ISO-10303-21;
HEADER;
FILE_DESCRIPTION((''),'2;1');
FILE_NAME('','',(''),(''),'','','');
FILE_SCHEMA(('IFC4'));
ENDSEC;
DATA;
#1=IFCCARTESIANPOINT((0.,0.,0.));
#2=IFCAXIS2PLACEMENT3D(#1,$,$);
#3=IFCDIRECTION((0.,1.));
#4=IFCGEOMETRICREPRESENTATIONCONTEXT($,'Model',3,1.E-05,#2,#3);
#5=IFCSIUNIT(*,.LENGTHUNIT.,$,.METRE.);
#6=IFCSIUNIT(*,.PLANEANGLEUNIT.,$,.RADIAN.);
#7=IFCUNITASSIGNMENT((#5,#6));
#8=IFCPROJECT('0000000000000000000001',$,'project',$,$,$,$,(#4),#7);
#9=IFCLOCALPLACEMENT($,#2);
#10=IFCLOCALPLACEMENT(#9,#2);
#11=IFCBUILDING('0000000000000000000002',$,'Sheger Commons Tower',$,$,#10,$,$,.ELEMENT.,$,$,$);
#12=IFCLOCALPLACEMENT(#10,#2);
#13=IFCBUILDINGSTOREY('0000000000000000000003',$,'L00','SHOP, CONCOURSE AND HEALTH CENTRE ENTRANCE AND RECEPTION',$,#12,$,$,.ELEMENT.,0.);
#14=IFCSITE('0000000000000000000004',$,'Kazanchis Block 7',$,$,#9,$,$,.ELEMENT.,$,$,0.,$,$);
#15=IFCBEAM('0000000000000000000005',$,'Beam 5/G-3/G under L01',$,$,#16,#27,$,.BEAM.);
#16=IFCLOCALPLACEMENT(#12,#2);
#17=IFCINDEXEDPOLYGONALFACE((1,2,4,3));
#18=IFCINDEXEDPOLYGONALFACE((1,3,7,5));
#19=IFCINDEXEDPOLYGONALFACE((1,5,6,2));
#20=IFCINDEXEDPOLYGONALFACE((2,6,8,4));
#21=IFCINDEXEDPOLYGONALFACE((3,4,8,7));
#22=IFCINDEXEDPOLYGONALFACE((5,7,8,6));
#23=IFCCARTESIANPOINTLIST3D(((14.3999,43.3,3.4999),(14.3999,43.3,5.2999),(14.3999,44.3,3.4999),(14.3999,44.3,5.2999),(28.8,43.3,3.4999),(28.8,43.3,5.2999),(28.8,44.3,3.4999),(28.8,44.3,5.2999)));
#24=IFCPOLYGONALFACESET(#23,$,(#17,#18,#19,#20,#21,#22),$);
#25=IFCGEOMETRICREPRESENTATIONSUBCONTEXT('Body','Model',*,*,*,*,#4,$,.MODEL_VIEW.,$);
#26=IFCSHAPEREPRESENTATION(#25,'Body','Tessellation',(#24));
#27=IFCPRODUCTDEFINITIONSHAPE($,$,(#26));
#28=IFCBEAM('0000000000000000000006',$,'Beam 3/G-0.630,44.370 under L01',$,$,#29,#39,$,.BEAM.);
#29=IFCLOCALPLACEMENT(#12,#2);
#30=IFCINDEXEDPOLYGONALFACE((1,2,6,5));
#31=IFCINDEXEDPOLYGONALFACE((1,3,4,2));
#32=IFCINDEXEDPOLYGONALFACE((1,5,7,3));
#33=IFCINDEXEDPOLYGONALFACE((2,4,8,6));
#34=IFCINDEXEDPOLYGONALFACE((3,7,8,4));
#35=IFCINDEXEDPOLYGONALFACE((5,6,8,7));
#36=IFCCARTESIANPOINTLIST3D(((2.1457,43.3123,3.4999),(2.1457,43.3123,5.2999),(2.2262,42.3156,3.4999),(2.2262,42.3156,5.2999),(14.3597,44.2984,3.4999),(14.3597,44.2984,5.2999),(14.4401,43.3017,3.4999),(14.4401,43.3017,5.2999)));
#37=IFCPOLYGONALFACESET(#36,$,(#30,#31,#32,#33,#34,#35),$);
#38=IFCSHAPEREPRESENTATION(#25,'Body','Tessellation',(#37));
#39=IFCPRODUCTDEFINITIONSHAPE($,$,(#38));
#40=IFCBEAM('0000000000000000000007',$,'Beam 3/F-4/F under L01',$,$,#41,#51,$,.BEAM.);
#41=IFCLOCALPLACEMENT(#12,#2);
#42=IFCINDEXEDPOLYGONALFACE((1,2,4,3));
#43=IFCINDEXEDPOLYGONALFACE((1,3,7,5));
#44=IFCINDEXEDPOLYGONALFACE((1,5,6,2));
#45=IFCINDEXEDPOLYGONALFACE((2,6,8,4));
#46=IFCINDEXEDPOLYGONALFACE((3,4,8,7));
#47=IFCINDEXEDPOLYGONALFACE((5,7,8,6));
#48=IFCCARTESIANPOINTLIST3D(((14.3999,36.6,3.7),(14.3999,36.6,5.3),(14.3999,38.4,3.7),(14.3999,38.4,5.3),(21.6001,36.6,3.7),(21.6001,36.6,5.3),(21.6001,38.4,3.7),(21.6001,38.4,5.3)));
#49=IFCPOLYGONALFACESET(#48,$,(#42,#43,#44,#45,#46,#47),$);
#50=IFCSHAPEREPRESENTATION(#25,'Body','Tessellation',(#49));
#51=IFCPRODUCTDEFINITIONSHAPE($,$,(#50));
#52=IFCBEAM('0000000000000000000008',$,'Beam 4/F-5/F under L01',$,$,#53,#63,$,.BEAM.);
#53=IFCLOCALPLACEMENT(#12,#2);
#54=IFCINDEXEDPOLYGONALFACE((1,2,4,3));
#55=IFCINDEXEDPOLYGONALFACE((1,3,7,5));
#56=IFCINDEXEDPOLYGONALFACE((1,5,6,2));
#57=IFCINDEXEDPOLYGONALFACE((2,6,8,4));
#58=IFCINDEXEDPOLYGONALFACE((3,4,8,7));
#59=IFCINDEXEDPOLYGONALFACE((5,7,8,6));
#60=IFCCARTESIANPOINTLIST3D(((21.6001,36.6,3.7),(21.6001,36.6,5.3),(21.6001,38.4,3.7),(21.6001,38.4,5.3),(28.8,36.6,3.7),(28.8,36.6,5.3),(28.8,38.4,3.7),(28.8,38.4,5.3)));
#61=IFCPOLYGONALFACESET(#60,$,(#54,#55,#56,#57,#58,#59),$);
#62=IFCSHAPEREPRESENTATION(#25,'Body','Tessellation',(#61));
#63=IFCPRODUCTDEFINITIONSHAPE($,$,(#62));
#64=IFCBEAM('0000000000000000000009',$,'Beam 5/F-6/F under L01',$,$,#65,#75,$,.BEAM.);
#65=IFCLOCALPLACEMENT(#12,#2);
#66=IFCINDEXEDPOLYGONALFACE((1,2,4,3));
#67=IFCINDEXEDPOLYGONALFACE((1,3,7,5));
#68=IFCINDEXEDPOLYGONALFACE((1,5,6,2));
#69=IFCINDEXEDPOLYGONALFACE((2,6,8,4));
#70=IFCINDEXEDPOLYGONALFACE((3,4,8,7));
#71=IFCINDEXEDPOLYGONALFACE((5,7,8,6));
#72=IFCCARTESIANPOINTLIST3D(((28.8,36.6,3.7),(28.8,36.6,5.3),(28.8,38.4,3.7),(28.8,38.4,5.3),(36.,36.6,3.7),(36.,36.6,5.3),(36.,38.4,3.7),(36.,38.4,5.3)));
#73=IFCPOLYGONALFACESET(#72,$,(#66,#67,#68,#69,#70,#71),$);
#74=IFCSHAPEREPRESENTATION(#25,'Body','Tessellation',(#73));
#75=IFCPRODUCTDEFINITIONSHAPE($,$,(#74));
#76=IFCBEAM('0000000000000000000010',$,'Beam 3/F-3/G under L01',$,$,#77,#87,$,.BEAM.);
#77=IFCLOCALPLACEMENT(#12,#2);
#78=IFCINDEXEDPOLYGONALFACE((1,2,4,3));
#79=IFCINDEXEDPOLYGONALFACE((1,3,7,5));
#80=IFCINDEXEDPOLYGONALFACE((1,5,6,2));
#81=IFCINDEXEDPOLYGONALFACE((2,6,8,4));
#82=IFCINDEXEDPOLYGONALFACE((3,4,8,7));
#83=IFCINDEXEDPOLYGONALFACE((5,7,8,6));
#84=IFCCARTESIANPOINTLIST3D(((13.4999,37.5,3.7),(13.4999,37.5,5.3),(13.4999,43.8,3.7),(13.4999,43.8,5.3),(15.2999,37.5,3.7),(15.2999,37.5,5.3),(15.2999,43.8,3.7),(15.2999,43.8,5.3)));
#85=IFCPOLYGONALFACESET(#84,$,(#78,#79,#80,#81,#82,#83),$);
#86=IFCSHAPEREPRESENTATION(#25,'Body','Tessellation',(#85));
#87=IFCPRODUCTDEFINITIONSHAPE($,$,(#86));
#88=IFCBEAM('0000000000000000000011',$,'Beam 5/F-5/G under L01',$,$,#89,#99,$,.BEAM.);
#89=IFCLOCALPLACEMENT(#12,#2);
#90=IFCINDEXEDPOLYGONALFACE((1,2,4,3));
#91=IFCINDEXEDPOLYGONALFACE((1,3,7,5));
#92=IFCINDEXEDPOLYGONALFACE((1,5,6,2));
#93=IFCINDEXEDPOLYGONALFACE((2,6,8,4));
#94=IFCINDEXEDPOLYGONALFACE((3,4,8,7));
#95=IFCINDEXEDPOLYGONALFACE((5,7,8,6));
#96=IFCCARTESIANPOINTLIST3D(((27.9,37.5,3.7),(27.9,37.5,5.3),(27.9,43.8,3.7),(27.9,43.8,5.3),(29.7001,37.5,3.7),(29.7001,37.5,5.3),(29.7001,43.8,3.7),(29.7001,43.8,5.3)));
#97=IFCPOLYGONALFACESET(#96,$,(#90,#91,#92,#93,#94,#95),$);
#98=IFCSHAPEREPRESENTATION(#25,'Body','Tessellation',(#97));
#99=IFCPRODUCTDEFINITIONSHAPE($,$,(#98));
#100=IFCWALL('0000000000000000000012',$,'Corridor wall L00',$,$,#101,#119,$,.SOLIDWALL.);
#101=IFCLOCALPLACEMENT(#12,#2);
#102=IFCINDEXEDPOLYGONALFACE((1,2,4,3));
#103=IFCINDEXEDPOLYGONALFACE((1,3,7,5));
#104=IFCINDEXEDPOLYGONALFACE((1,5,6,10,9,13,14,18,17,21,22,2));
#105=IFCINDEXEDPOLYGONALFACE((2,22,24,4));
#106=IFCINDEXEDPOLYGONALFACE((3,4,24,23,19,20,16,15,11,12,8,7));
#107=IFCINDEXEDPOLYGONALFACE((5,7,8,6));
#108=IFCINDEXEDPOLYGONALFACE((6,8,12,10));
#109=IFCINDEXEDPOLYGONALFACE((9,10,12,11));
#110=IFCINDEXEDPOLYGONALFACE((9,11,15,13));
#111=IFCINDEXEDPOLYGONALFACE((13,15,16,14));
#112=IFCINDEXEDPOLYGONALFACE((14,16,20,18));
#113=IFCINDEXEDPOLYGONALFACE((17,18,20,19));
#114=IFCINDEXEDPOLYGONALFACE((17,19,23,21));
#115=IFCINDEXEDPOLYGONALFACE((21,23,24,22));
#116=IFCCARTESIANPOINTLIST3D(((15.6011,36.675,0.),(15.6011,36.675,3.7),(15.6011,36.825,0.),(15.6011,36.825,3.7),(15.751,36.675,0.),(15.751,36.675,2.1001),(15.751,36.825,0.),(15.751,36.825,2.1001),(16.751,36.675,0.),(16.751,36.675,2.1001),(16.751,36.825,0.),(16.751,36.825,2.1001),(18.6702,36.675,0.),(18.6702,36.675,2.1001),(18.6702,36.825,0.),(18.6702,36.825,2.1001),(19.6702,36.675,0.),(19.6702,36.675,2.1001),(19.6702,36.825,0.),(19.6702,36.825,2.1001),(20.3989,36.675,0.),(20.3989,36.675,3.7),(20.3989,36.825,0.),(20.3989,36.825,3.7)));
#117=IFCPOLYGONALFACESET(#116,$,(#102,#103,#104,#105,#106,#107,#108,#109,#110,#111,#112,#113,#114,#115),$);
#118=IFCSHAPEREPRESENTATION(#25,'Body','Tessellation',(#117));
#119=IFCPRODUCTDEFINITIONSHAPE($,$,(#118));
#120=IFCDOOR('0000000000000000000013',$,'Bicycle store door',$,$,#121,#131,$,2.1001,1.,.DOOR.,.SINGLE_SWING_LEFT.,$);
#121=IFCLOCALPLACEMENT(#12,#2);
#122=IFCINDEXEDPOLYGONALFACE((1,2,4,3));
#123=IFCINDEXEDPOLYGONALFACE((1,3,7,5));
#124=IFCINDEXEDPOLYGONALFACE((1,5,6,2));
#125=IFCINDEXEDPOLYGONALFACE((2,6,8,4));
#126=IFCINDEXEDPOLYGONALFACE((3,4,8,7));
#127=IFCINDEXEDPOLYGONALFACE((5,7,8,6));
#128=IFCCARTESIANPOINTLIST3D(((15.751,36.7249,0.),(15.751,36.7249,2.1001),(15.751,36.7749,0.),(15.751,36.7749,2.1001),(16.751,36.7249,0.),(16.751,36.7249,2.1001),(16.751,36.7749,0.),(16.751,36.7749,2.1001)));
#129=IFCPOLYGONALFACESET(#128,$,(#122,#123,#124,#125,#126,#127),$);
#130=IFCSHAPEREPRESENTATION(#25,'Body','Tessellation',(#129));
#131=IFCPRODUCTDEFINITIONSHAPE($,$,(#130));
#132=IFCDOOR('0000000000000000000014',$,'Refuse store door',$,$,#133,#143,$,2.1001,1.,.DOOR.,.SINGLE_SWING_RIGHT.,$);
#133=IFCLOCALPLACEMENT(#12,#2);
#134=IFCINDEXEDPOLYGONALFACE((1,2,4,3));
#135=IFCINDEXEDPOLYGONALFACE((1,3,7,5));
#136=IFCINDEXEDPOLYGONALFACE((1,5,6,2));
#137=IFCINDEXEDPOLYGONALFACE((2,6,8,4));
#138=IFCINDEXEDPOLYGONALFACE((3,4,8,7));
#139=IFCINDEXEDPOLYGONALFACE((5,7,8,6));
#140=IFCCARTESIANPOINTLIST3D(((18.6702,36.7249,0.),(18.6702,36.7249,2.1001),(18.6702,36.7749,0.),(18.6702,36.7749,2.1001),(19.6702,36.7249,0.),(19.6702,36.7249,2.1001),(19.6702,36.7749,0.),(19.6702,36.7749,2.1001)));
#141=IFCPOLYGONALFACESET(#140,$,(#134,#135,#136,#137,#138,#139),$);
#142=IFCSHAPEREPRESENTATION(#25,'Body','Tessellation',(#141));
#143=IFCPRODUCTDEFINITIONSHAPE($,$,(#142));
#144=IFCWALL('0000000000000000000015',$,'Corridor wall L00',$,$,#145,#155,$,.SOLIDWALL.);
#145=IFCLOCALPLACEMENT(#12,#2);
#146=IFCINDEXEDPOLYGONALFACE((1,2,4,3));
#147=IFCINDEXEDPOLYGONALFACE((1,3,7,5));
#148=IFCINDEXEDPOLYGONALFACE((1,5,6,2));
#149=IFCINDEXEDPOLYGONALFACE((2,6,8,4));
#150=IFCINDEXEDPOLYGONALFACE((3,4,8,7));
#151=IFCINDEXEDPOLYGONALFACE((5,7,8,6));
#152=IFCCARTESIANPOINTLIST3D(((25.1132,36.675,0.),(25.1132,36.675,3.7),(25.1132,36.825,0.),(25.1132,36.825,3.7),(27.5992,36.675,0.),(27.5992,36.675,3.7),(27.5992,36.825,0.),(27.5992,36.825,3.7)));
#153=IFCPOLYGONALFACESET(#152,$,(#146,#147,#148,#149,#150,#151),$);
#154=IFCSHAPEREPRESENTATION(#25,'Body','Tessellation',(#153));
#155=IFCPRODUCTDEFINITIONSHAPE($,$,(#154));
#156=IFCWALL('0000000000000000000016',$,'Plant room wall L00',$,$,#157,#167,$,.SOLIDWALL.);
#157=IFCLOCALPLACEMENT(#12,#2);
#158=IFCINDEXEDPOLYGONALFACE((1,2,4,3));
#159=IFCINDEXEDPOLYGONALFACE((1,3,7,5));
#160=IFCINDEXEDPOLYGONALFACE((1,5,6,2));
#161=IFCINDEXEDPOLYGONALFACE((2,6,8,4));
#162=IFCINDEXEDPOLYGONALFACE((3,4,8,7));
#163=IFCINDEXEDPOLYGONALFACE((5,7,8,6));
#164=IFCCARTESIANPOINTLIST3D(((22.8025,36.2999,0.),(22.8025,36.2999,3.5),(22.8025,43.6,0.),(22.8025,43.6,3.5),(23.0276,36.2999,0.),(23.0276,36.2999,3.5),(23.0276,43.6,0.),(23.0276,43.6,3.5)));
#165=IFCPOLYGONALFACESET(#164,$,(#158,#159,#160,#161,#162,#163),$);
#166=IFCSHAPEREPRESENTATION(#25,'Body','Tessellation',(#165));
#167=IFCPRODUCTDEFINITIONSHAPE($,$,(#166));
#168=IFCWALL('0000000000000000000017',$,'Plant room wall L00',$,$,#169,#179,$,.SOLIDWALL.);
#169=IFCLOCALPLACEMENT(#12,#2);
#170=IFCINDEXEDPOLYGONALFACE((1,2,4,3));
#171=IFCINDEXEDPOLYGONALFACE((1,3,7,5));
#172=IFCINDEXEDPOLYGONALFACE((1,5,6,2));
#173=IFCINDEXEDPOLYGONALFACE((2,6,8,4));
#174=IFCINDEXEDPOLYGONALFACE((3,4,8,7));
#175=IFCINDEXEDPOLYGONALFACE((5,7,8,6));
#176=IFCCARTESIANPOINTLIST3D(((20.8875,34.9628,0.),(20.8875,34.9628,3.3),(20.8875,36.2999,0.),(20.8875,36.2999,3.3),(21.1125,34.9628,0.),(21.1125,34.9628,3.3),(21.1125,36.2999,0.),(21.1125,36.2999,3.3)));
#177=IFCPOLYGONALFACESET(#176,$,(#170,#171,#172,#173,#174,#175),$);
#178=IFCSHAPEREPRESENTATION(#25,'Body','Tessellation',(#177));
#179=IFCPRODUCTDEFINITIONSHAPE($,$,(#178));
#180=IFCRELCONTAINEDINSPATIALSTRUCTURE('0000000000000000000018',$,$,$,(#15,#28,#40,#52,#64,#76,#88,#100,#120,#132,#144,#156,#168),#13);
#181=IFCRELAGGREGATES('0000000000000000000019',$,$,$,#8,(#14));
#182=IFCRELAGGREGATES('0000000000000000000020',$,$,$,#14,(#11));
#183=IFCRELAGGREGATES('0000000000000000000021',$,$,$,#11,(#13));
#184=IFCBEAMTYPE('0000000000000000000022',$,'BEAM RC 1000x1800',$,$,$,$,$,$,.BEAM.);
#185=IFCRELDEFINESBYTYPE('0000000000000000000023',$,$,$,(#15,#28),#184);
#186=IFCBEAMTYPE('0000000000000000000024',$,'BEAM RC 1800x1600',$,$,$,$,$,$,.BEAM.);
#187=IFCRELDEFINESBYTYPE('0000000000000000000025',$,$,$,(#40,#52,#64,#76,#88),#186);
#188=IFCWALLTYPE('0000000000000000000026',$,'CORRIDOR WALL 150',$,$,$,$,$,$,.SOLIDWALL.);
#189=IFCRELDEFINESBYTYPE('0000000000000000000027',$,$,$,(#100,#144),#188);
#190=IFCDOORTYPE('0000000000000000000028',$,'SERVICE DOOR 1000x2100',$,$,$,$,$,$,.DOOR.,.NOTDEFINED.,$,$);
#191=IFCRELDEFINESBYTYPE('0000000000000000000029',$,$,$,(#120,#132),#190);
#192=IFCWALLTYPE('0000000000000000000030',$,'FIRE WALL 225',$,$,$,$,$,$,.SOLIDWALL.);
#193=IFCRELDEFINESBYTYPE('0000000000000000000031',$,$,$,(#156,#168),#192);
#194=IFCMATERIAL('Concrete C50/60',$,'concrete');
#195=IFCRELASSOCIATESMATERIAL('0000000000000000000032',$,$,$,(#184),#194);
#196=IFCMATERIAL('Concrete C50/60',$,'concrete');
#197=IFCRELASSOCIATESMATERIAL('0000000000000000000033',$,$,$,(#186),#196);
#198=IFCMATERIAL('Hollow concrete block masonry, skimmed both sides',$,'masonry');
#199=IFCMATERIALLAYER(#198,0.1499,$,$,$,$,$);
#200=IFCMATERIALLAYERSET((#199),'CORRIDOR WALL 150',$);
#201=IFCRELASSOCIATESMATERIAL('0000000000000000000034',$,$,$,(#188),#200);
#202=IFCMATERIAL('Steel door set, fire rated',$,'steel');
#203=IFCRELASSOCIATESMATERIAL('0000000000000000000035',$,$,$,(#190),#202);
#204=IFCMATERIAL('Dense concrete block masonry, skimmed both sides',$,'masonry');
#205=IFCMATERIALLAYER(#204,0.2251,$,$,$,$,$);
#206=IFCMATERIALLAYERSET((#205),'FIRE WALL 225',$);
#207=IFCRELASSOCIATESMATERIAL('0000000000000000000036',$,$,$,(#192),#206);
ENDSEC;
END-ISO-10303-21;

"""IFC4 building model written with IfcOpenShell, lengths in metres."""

from ifc_helpers import new_model, si_unit, direction, frame, frame_2d, origin, origin_2d, place, context, subcontext, project, spatial, rectangle, extrude, material, layer, layer_set, material_profile, profile_set, type_object, element, fill, save


model = new_model("IFC4")

# Units and contexts
model_context = context("Model", 3, precision=1e-05, world=origin(), true_north=direction((0.0, 1.0)))
body_context = subcontext(model_context, "Body", "Model", "MODEL_VIEW")
ifc_project = project(units=[si_unit("LENGTHUNIT", "METRE"), si_unit("PLANEANGLEUNIT", "RADIAN")], contexts=[model_context])

# Site, building, storey
site_placement = place(None, origin())
site = spatial("IfcSite", under=ifc_project, at=site_placement, Name="Kazanchis Block 7", CompositionType="ELEMENT", RefElevation=0.0)
building_placement = place(site_placement, origin())
building = spatial("IfcBuilding", under=site, at=building_placement, Name="Sheger Commons Tower", CompositionType="ELEMENT")
storey_placement = place(building_placement, origin())
storey = spatial("IfcBuildingStorey", under=building, at=storey_placement, Name="L00", Description="SHOP, CONCOURSE AND HEALTH CENTRE ENTRANCE AND RECEPTION", CompositionType="ELEMENT", Elevation=0.0)

# Beams
ifc_material_1 = material(Name="Concrete C50/60", Category="concrete")
ifc_material_profile_1 = material_profile(ifc_material_1, rectangle(XDim=1.0, YDim=1.8, at=origin_2d()), Name="RC 1000x1800")
ifc_profile_set_1 = profile_set([ifc_material_profile_1], Name="Concrete C50/60")
beam_type_1 = type_object("IfcBeamType", Name="BEAM RC 1000x1800", PredefinedType="BEAM", material=ifc_profile_set_1)
beam_1_placement = place(storey_placement, frame((28.8, 43.8, 4.3999), z_axis=(-1.0, 0.0, 0.0), x_axis=(0.0, -1.0, 0.0)))
element("IfcBeam", 1, at=beam_1_placement, inside=storey, type_object=beam_type_1, Name="Beam 5/G-3/G under L01", PredefinedType="BEAM", context=body_context, shape_type="SweptSolid", body=[
    extrude(rectangle(XDim=1.0, YDim=1.8, at=origin_2d()), origin(), (0.0, 0.0, 1.0), 14.4001),
])
beam_2_placement = place(storey_placement, frame((14.3999, 43.8, 4.3999), z_axis=(-0.996757, -0.080473, 0.0), x_axis=(0.080473, -0.996757, 0.0)))
element("IfcBeam", 2, at=beam_2_placement, inside=storey, type_object=beam_type_1, Name="Beam 3/G-0.630,44.370 under L01", PredefinedType="BEAM", context=body_context, shape_type="SweptSolid", body=[
    extrude(rectangle(XDim=1.0, YDim=1.8, at=origin_2d()), origin(), (0.0, 0.0, 1.0), 12.2537),
])
ifc_material_2 = material(Name="Concrete C50/60", Category="concrete")
ifc_material_profile_2 = material_profile(ifc_material_2, rectangle(XDim=1.8, YDim=1.6001, at=origin_2d()), Name="RC 1800x1600")
ifc_profile_set_2 = profile_set([ifc_material_profile_2], Name="Concrete C50/60")
beam_type_2 = type_object("IfcBeamType", Name="BEAM RC 1800x1600", PredefinedType="BEAM", material=ifc_profile_set_2)
beam_3_placement = place(storey_placement, frame((14.3999, 37.5, 4.5), z_axis=(1.0, 0.0, 0.0), x_axis=(0.0, 1.0, 0.0)))
element("IfcBeam", 3, at=beam_3_placement, inside=storey, type_object=beam_type_2, Name="Beam 3/F-4/F under L01", PredefinedType="BEAM", context=body_context, shape_type="SweptSolid", body=[
    extrude(rectangle(XDim=1.8, YDim=1.6001, at=origin_2d()), origin(), (0.0, 0.0, 1.0), 7.2002),
])
for number, where, z_axis, x_axis, name in (
    (4, (21.6001, 37.5, 4.5), (1.0, 0.0, 0.0), (0.0, 1.0, 0.0), "Beam 4/F-5/F under L01"),
    (5, (28.8, 37.5, 4.5), (1.0, 0.0, 0.0), (0.0, 1.0, 0.0), "Beam 5/F-6/F under L01"),
):
    element("IfcBeam", number, at=place(storey_placement, frame(where, z_axis=z_axis, x_axis=x_axis)), inside=storey, type_object=beam_type_2, Name=name, PredefinedType="BEAM", context=body_context, shape_type="SweptSolid", body=[
        extrude(rectangle(XDim=1.8, YDim=1.6001, at=origin_2d()), origin(), (0.0, 0.0, 1.0), 7.2),
    ])
for number, where, z_axis, x_axis, name in (
    (6, (14.3999, 37.5, 4.5), (0.0, 1.0, 0.0), (-1.0, 0.0, 0.0), "Beam 3/F-3/G under L01"),
    (7, (28.8, 37.5, 4.5), (0.0, 1.0, 0.0), (-1.0, 0.0, 0.0), "Beam 5/F-5/G under L01"),
):
    element("IfcBeam", number, at=place(storey_placement, frame(where, z_axis=z_axis, x_axis=x_axis)), inside=storey, type_object=beam_type_2, Name=name, PredefinedType="BEAM", context=body_context, shape_type="SweptSolid", body=[
        extrude(rectangle(XDim=1.8, YDim=1.6001, at=origin_2d()), origin(), (0.0, 0.0, 1.0), 6.3),
    ])

# Wall, openings, doors
ifc_material_3 = material(Name="Hollow concrete block masonry, skimmed both sides", Category="masonry")
ifc_layer_1 = layer(ifc_material_3, 0.1499)
ifc_layer_set_1 = layer_set([ifc_layer_1], Name="CORRIDOR WALL 150")
wall_type_1 = type_object("IfcWallType", Name="CORRIDOR WALL 150", PredefinedType="SOLIDWALL", material=ifc_layer_set_1)
wall_1_placement = place(storey_placement, frame((15.6011, 36.75, 0.0), z_axis=(0.0, 0.0, 1.0), x_axis=(1.0, 0.0, 0.0)))
wall_1 = element("IfcWall", 8, at=wall_1_placement, inside=storey, type_object=wall_type_1, Name="Corridor wall L00", PredefinedType="SOLIDWALL", context=body_context, shape_type="SweptSolid", body=[
    extrude(rectangle(XDim=4.7979, YDim=0.1499, at=frame_2d((2.3989, 0.0))), origin(), (0.0, 0.0, 1.0), 3.7),
])
opening_1_placement = place(wall_1_placement, frame((0.1499, 0.0, 0.0)))
opening_1 = element("IfcOpeningElement", 9, at=opening_1_placement, cuts=wall_1, PredefinedType="OPENING", context=body_context, shape_type="SweptSolid", body=[
    extrude(rectangle(XDim=1.0, YDim=2.1001, at=frame_2d((0.5, 1.05))), frame((0.0, 0.085, 0.0), z_axis=(0.0, -1.0, 0.0), x_axis=(1.0, 0.0, 0.0)), (0.0, 0.0, 1.0), 0.1699),
])
opening_2_placement = place(wall_1_placement, frame((3.0691, 0.0, 0.0)))
opening_2 = element("IfcOpeningElement", 10, at=opening_2_placement, cuts=wall_1, PredefinedType="OPENING", context=body_context, shape_type="SweptSolid", body=[
    extrude(rectangle(XDim=1.0, YDim=2.1001, at=frame_2d((0.5, 1.05))), frame((0.0, 0.085, 0.0), z_axis=(0.0, -1.0, 0.0), x_axis=(1.0, 0.0, 0.0)), (0.0, 0.0, 1.0), 0.1699),
])
ifc_material_4 = material(Name="Steel door set, fire rated", Category="steel")
door_type_1 = type_object("IfcDoorType", Name="SERVICE DOOR 1000x2100", OperationType="NOTDEFINED", PredefinedType="DOOR", material=ifc_material_4)
door_1_placement = place(opening_1_placement, origin())
door_1 = element("IfcDoor", 11, at=door_1_placement, inside=storey, type_object=door_type_1, Name="Bicycle store door", OperationType="SINGLE_SWING_LEFT", OverallHeight=2.1001, OverallWidth=1.0, PredefinedType="DOOR", context=body_context, shape_type="SweptSolid", body=[
    extrude(rectangle(XDim=1.0, YDim=2.1001, at=frame_2d((0.5, 1.05))), frame((0.0, 0.0249, 0.0), z_axis=(0.0, -1.0, 0.0), x_axis=(1.0, 0.0, 0.0)), (0.0, 0.0, 1.0), 0.05),
])
fill(opening_1, door_1)
door_2_placement = place(opening_2_placement, origin())
door_2 = element("IfcDoor", 12, at=door_2_placement, inside=storey, type_object=door_type_1, Name="Refuse store door", OperationType="SINGLE_SWING_RIGHT", OverallHeight=2.1001, OverallWidth=1.0, PredefinedType="DOOR", context=body_context, shape_type="SweptSolid", body=[
    extrude(rectangle(XDim=1.0, YDim=2.1001, at=frame_2d((0.5, 1.05))), frame((0.0, 0.0249, 0.0), z_axis=(0.0, -1.0, 0.0), x_axis=(1.0, 0.0, 0.0)), (0.0, 0.0, 1.0), 0.05),
])
fill(opening_2, door_2)

# Wall
wall_2_placement = place(storey_placement, frame((25.113, 36.75, 0.0), z_axis=(0.0, 0.0, 1.0), x_axis=(1.0, 0.0, 0.0)))
element("IfcWall", 13, at=wall_2_placement, inside=storey, type_object=wall_type_1, Name="Corridor wall L00", PredefinedType="SOLIDWALL", context=body_context, shape_type="SweptSolid", body=[
    extrude(rectangle(XDim=2.4861, YDim=0.1499, at=frame_2d((1.2432, 0.0))), origin(), (0.0, 0.0, 1.0), 3.7),
])

# Walls
ifc_material_5 = material(Name="Dense concrete block masonry, skimmed both sides", Category="masonry")
ifc_layer_2 = layer(ifc_material_5, 0.2251)
ifc_layer_set_2 = layer_set([ifc_layer_2], Name="FIRE WALL 225")
wall_type_2 = type_object("IfcWallType", Name="FIRE WALL 225", PredefinedType="SOLIDWALL", material=ifc_layer_set_2)
wall_3_placement = place(storey_placement, frame((22.915, 36.3, 0.0), z_axis=(0.0, 0.0, 1.0), x_axis=(0.0, 1.0, 0.0)))
element("IfcWall", 14, at=wall_3_placement, inside=storey, type_object=wall_type_2, Name="Plant room wall L00", PredefinedType="SOLIDWALL", context=body_context, shape_type="SweptSolid", body=[
    extrude(rectangle(XDim=7.3, YDim=0.2251, at=frame_2d((3.6499, 0.0))), origin(), (0.0, 0.0, 1.0), 3.5),
])
wall_4_placement = place(storey_placement, frame((21.0, 34.9629, 0.0), z_axis=(0.0, 0.0, 1.0), x_axis=(0.0, 1.0, 0.0)))
element("IfcWall", 15, at=wall_4_placement, inside=storey, type_object=wall_type_2, Name="Plant room wall L00", PredefinedType="SOLIDWALL", context=body_context, shape_type="SweptSolid", body=[
    extrude(rectangle(XDim=1.3372, YDim=0.2251, at=frame_2d((0.6685, 0.0))), origin(), (0.0, 0.0, 1.0), 3.3),
])

save(model, "model.ifc")
